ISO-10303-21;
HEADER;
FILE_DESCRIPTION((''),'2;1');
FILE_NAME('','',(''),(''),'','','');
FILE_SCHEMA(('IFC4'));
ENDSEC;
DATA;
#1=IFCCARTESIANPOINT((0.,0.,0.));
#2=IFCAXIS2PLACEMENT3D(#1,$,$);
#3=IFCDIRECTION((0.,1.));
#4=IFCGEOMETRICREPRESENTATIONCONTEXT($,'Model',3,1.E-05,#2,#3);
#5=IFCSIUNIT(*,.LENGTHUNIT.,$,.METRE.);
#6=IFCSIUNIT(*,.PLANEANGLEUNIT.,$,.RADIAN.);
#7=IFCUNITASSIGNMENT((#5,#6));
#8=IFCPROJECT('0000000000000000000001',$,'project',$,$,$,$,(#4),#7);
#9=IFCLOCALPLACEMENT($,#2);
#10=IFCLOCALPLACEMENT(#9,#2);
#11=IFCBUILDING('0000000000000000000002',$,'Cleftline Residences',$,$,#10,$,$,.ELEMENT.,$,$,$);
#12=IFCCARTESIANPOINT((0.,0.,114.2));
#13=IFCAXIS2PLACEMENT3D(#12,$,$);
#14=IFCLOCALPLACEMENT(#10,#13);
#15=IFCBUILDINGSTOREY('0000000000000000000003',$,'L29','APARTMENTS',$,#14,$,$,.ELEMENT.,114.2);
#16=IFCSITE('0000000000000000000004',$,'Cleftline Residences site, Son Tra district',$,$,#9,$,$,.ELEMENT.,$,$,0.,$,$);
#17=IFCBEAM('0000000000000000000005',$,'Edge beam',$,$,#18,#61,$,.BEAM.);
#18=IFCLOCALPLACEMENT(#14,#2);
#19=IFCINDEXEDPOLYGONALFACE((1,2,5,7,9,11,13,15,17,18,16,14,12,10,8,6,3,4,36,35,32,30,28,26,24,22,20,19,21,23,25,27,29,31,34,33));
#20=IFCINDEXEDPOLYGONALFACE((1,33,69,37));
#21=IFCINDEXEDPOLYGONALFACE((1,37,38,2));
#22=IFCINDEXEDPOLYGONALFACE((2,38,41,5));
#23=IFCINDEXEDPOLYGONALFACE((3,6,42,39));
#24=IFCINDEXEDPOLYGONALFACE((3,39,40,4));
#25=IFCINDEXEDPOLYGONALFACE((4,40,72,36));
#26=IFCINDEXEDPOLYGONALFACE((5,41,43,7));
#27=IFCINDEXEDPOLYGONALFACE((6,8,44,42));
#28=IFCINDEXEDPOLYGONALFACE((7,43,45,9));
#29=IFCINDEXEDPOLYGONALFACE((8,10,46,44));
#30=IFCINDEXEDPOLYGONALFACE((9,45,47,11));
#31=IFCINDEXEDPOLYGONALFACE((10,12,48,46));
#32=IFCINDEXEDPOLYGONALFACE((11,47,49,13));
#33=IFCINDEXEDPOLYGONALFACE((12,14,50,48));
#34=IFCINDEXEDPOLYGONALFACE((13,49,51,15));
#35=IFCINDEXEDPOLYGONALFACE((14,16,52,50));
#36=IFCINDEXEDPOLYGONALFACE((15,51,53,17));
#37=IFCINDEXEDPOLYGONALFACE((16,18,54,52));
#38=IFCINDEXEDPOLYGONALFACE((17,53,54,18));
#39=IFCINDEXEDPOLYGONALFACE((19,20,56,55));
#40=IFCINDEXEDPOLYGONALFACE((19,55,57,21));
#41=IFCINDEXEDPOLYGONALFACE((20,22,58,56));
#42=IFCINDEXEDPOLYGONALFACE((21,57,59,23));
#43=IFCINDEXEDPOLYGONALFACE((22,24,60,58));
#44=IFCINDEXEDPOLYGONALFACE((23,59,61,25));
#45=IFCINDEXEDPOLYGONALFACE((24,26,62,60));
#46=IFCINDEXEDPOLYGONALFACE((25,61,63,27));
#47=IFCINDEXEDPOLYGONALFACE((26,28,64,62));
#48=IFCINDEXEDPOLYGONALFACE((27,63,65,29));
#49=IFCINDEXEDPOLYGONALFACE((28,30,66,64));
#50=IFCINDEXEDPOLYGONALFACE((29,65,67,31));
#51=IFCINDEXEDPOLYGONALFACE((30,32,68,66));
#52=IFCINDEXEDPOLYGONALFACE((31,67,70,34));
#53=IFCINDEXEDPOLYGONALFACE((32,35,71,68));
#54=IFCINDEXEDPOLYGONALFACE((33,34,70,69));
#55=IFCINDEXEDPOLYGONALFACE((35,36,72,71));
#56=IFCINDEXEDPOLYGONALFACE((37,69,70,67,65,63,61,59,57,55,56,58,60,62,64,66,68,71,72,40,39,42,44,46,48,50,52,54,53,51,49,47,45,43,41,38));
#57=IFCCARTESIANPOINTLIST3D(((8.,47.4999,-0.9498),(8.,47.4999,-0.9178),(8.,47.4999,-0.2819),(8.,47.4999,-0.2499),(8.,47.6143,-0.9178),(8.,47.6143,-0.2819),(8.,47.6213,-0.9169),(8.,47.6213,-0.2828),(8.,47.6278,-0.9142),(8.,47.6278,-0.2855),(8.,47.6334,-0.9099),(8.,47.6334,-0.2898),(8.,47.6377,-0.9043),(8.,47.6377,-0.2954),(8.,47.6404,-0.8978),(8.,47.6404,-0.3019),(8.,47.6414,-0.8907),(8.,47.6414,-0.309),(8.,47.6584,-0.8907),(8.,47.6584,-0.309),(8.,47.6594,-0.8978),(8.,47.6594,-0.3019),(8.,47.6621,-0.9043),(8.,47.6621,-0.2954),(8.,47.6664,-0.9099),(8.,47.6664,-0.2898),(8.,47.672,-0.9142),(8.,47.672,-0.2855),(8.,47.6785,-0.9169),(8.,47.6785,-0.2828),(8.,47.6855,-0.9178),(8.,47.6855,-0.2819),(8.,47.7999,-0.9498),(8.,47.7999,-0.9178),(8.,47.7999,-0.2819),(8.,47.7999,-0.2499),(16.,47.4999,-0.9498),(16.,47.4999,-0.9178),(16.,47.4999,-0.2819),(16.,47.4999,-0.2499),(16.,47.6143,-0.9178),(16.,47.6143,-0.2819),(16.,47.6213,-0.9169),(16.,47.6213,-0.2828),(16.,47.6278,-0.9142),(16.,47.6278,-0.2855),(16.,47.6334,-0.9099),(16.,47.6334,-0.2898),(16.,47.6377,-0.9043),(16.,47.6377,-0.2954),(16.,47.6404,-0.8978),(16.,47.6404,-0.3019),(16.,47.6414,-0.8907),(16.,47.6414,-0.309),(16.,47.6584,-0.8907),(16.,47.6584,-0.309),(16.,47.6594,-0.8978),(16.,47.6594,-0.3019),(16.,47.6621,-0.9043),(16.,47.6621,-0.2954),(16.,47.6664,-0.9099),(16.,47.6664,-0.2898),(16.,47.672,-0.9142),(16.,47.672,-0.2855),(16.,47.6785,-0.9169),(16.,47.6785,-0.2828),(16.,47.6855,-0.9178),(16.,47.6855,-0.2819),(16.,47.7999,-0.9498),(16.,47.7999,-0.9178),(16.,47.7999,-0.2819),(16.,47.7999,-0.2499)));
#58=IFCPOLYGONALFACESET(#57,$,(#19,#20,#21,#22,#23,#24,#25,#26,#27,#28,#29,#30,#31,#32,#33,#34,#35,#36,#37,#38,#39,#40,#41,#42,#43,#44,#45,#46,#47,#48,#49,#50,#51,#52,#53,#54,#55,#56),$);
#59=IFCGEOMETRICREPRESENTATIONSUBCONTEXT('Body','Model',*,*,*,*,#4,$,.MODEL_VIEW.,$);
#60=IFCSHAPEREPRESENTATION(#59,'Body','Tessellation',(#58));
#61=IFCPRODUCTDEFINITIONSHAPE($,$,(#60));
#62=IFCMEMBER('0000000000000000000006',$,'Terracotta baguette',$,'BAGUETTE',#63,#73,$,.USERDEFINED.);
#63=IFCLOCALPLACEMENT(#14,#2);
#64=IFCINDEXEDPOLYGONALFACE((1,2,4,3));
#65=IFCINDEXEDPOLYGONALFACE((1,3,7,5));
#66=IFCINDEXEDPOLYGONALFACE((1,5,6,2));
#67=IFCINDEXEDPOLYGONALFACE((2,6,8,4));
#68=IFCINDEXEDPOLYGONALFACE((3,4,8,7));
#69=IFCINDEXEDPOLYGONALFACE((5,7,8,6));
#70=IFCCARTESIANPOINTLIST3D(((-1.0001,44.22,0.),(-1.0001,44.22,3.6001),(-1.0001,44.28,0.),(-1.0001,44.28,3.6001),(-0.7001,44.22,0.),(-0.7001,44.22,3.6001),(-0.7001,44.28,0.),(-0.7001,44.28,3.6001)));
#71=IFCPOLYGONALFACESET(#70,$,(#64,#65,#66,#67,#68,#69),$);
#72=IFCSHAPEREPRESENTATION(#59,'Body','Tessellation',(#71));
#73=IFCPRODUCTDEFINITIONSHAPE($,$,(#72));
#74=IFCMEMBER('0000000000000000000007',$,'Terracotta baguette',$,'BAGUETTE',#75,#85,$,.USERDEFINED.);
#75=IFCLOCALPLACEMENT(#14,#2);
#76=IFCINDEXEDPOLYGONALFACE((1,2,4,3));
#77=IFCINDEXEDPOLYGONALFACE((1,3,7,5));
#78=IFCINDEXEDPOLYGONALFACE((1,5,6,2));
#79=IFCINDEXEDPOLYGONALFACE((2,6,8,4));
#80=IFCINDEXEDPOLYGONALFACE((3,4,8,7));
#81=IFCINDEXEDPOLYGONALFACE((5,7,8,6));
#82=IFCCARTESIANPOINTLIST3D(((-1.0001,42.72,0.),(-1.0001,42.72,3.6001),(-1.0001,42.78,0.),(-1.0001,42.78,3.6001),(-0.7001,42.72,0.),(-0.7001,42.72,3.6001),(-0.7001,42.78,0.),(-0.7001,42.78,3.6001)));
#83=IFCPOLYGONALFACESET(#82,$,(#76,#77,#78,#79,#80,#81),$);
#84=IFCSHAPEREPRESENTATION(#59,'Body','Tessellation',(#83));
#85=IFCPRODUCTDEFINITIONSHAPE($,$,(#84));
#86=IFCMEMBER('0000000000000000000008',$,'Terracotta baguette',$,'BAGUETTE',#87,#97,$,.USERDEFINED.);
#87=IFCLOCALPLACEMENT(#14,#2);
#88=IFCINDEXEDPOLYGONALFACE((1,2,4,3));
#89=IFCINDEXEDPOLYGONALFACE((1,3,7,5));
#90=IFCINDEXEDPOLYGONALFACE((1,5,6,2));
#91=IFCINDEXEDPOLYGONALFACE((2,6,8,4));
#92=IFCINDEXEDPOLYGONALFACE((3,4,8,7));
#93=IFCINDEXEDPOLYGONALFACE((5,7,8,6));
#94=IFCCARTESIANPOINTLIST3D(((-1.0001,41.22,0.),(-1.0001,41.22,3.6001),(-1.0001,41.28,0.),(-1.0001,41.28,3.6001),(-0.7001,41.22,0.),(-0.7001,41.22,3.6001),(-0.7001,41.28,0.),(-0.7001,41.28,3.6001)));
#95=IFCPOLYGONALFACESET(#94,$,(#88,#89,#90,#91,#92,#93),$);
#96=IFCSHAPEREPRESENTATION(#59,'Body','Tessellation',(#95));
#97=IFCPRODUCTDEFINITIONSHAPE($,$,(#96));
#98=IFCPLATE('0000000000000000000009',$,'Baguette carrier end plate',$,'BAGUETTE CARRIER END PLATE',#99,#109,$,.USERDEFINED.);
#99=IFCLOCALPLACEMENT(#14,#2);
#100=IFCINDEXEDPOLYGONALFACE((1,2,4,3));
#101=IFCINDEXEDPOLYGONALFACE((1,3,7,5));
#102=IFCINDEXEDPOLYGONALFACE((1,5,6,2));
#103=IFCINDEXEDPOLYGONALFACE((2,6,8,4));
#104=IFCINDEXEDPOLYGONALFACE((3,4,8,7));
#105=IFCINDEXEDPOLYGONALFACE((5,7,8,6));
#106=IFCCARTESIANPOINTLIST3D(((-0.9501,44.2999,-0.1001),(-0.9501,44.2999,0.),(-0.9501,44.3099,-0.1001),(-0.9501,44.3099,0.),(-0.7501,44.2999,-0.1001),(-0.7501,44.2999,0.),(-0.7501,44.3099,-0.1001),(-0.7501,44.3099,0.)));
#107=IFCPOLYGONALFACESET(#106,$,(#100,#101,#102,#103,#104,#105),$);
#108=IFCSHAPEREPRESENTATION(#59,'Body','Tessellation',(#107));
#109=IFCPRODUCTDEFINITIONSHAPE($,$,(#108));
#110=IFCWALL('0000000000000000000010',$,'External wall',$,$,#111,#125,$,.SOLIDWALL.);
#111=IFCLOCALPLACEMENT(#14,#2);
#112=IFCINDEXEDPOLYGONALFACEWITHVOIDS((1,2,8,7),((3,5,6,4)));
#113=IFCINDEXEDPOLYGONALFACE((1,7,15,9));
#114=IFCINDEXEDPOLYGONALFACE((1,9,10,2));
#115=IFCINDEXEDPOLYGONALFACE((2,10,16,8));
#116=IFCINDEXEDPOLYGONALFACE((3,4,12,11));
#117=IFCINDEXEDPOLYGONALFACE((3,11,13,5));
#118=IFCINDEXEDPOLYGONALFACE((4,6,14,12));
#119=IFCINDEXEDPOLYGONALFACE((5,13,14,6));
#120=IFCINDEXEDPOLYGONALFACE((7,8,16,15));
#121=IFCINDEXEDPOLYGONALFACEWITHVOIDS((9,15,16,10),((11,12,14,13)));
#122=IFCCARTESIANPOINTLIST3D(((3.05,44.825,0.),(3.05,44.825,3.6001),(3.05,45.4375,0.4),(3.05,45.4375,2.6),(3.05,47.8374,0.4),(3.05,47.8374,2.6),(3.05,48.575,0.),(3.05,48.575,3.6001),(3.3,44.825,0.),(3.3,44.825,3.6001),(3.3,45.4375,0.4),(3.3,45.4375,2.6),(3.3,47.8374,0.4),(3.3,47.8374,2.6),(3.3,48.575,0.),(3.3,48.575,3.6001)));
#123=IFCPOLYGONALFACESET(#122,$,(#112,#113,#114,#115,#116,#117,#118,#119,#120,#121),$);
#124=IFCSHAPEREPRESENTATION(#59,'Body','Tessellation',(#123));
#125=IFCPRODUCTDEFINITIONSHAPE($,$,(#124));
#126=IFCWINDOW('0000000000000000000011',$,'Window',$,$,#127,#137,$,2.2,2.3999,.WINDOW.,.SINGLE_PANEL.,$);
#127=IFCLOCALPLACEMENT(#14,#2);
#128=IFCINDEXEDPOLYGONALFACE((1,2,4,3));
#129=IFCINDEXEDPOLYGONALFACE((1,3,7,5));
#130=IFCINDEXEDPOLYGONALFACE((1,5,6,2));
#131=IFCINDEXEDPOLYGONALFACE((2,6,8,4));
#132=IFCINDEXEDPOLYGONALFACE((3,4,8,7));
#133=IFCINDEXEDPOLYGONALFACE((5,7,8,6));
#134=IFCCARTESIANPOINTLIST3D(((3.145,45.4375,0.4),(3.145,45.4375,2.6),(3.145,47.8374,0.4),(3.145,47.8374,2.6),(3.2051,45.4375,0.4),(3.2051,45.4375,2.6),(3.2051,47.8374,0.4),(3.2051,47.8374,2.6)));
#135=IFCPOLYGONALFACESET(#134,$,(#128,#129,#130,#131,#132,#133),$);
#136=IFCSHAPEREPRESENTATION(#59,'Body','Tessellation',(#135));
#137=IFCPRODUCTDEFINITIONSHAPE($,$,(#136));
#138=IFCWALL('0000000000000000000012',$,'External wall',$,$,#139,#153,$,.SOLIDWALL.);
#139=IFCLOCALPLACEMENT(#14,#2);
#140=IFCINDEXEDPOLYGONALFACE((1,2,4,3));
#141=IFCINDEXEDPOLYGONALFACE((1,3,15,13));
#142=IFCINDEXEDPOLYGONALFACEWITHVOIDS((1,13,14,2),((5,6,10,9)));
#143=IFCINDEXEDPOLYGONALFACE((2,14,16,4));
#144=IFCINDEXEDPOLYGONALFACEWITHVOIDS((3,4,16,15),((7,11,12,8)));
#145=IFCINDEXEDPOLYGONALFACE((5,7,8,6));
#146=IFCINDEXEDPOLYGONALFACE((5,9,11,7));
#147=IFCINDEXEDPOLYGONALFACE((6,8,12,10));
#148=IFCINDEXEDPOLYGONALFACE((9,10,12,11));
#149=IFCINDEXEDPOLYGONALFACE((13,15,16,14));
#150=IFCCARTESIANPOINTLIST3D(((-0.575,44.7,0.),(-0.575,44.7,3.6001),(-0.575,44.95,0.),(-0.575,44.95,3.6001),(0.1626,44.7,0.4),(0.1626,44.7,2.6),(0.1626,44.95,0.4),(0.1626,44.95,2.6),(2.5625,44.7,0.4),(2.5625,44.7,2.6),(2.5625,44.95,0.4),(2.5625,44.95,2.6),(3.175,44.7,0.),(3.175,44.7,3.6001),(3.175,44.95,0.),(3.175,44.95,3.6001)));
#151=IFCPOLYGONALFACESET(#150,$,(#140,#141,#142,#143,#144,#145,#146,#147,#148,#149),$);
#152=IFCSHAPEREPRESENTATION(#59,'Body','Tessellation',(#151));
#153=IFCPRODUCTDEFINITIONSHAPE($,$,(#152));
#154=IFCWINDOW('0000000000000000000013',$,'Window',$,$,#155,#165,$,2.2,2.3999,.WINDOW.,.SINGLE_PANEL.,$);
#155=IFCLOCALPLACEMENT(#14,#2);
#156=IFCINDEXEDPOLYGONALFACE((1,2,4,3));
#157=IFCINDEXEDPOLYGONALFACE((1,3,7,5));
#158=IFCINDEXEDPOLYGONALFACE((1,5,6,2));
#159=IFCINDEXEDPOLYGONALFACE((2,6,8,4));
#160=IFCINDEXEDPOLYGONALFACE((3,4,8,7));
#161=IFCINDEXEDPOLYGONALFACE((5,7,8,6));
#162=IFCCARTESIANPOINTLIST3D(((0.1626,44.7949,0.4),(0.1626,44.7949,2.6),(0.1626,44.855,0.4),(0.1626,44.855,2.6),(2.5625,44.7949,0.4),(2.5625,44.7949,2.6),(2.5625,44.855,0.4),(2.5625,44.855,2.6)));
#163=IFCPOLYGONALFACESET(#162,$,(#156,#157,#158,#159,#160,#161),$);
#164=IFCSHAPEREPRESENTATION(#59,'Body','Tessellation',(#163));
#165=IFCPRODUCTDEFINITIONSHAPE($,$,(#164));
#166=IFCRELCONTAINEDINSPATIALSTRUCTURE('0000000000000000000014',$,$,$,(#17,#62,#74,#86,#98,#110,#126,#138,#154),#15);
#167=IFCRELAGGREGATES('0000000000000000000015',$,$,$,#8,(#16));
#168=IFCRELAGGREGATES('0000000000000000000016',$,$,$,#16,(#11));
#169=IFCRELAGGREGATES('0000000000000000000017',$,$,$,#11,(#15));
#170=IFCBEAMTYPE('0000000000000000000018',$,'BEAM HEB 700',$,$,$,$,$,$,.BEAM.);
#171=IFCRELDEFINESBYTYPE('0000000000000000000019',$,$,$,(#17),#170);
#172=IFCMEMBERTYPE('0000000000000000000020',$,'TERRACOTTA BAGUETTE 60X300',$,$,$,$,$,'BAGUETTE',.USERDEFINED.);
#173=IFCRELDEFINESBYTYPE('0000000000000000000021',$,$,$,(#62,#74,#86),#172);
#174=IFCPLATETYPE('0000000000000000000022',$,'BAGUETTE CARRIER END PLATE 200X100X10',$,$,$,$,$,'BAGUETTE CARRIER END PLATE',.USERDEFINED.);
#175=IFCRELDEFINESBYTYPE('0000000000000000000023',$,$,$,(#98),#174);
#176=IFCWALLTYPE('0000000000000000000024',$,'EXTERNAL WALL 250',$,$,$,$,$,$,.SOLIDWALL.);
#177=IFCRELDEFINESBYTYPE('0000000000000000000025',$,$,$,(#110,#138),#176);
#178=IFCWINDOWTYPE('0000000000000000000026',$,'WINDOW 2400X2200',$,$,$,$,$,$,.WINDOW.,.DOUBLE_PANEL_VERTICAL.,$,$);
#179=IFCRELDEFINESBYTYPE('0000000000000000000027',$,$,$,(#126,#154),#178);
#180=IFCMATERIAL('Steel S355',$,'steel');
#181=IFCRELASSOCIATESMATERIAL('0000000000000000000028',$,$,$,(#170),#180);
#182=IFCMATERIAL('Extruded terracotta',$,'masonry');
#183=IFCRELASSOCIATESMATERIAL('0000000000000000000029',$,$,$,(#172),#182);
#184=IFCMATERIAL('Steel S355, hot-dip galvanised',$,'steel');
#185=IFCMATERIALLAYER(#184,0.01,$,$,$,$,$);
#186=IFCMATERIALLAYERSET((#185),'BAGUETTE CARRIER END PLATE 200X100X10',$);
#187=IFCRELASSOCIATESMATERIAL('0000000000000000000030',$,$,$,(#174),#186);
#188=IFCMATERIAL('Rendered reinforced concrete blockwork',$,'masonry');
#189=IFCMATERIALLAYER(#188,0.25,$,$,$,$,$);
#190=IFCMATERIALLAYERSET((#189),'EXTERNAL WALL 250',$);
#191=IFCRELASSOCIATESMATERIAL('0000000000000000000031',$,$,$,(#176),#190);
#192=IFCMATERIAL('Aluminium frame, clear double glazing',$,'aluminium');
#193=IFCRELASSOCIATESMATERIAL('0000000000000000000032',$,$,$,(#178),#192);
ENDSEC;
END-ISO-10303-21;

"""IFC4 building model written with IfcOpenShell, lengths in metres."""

from ifc_helpers import new_model, si_unit, direction, frame, frame_2d, origin, origin_2d, place, context, subcontext, project, spatial, rectangle, i_section, extrude, material, layer, layer_set, material_profile, profile_set, type_object, element, fill, save


model = new_model("IFC4")

# Units and contexts
model_context = context("Model", 3, precision=1e-05, world=origin(), true_north=direction((0.0, 1.0)))
body_context = subcontext(model_context, "Body", "Model", "MODEL_VIEW")
ifc_project = project(units=[si_unit("LENGTHUNIT", "METRE"), si_unit("PLANEANGLEUNIT", "RADIAN")], contexts=[model_context])

# Site, building, storey
site_placement = place(None, origin())
site = spatial("IfcSite", under=ifc_project, at=site_placement, Name="Cleftline Residences site, Son Tra district", CompositionType="ELEMENT", RefElevation=0.0)
building_placement = place(site_placement, origin())
building = spatial("IfcBuilding", under=site, at=building_placement, Name="Cleftline Residences", CompositionType="ELEMENT")
storey_placement = place(building_placement, frame((0.0, 0.0, 114.2)))
storey = spatial("IfcBuildingStorey", under=building, at=storey_placement, Name="L29", Description="APARTMENTS", CompositionType="ELEMENT", Elevation=114.2)

# Beam
ifc_material_1 = material(Name="Steel S355", Category="steel")
ifc_material_profile_1 = material_profile(ifc_material_1, i_section(OverallWidth=0.3, OverallDepth=0.7, WebThickness=0.0171, FlangeThickness=0.032, FilletRadius=0.0271, at=origin_2d()))
ifc_profile_set_1 = profile_set([ifc_material_profile_1], Name="Steel S355")
beam_type = type_object("IfcBeamType", Name="BEAM HEB 700", PredefinedType="BEAM", material=ifc_profile_set_1)
beam_placement = place(storey_placement, frame((8.0, 47.6499, -0.5999), z_axis=(1.0, 0.0, 0.0), x_axis=(0.0, 1.0, 0.0)))
element("IfcBeam", 1, at=beam_placement, inside=storey, type_object=beam_type, Name="Edge beam", PredefinedType="BEAM", context=body_context, shape_type="SweptSolid", body=[
    extrude(i_section(OverallWidth=0.3, OverallDepth=0.7, WebThickness=0.0171, FlangeThickness=0.032, FilletRadius=0.0271, at=origin_2d()), origin(), (0.0, 0.0, 1.0), 8.0),
])

# Members
ifc_material_2 = material(Name="Extruded terracotta", Category="masonry")
ifc_material_profile_2 = material_profile(ifc_material_2, rectangle(XDim=0.0601, YDim=0.3, at=origin_2d()))
ifc_profile_set_2 = profile_set([ifc_material_profile_2], Name="Extruded terracotta")
member_type_1 = type_object("IfcMemberType", Name="TERRACOTTA BAGUETTE 60X300", ElementType="BAGUETTE", PredefinedType="USERDEFINED", material=ifc_profile_set_2)
for number, where, z_axis, x_axis, name in (
    (2, (-0.8501, 44.25, 0.0), (0.0, 0.0, 1.0), (0.0, 1.0, 0.0), "Terracotta baguette"),
    (3, (-0.8501, 42.75, 0.0), (0.0, 0.0, 1.0), (0.0, 1.0, 0.0), "Terracotta baguette"),
    (4, (-0.8501, 41.25, 0.0), (0.0, 0.0, 1.0), (0.0, 1.0, 0.0), "Terracotta baguette"),
):
    element("IfcMember", number, at=place(storey_placement, frame(where, z_axis=z_axis, x_axis=x_axis)), inside=storey, type_object=member_type_1, Name=name, ObjectType="BAGUETTE", PredefinedType="USERDEFINED", context=body_context, shape_type="SweptSolid", body=[
        extrude(rectangle(XDim=0.0601, YDim=0.3, at=origin_2d()), origin(), (0.0, 0.0, 1.0), 3.6001),
    ])

# Plate
ifc_material_3 = material(Name="Steel S355, hot-dip galvanised", Category="steel")
ifc_layer_1 = layer(ifc_material_3, 0.01)
ifc_layer_set_1 = layer_set([ifc_layer_1], Name="BAGUETTE CARRIER END PLATE 200X100X10")
plate_type = type_object("IfcPlateType", Name="BAGUETTE CARRIER END PLATE 200X100X10", ElementType="BAGUETTE CARRIER END PLATE", PredefinedType="USERDEFINED", material=ifc_layer_set_1)
plate_placement = place(storey_placement, frame((-0.8501, 44.3049, -0.1001), z_axis=(0.0, 0.0, 1.0), x_axis=(-1.0, 0.0, 0.0)))
element("IfcPlate", 5, at=plate_placement, inside=storey, type_object=plate_type, Name="Baguette carrier end plate", ObjectType="BAGUETTE CARRIER END PLATE", PredefinedType="USERDEFINED", context=body_context, shape_type="SweptSolid", body=[
    extrude(rectangle(XDim=0.2, YDim=0.01, at=origin_2d()), origin(), (0.0, 0.0, 1.0), 0.1001),
])

# Walls, openings, windows
ifc_material_4 = material(Name="Rendered reinforced concrete blockwork", Category="masonry")
ifc_layer_2 = layer(ifc_material_4, 0.25)
ifc_layer_set_2 = layer_set([ifc_layer_2], Name="EXTERNAL WALL 250")
wall_type_1 = type_object("IfcWallType", Name="EXTERNAL WALL 250", PredefinedType="SOLIDWALL", material=ifc_layer_set_2)
wall_1_placement = place(storey_placement, frame((3.175, 48.575, 0.0), z_axis=(0.0, 0.0, 1.0), x_axis=(0.0, -1.0, 0.0)))
wall_1 = element("IfcWall", 6, at=wall_1_placement, inside=storey, type_object=wall_type_1, Name="External wall", PredefinedType="SOLIDWALL", context=body_context, shape_type="SweptSolid", body=[
    extrude(rectangle(XDim=3.75, YDim=0.25, at=frame_2d((1.875, 0.0))), origin(), (0.0, 0.0, 1.0), 3.6001),
])
opening_1_placement = place(wall_1_placement, frame((0.7375, 0.0, 0.3999)))
opening_1 = element("IfcOpeningElement", 7, at=opening_1_placement, cuts=wall_1, PredefinedType="OPENING", context=body_context, shape_type="SweptSolid", body=[
    extrude(rectangle(XDim=2.3999, YDim=2.2, at=frame_2d((1.2, 1.1001))), frame((0.0, 0.135, 0.0), z_axis=(0.0, -1.0, 0.0), x_axis=(1.0, 0.0, 0.0)), (0.0, 0.0, 1.0), 0.27),
])
ifc_material_5 = material(Name="Aluminium frame, clear double glazing", Category="aluminium")
window_type_1 = type_object("IfcWindowType", Name="WINDOW 2400X2200", PartitioningType="DOUBLE_PANEL_VERTICAL", PredefinedType="WINDOW", material=ifc_material_5)
window_1_placement = place(opening_1_placement, origin())
window_1 = element("IfcWindow", 8, at=window_1_placement, inside=storey, type_object=window_type_1, Name="Window", OverallHeight=2.2, OverallWidth=2.3999, PartitioningType="SINGLE_PANEL", PredefinedType="WINDOW", context=body_context, shape_type="SweptSolid", body=[
    extrude(rectangle(XDim=2.3999, YDim=2.2, at=frame_2d((1.2, 1.1001))), frame((0.0, 0.03, 0.0), z_axis=(0.0, -1.0, 0.0), x_axis=(1.0, 0.0, 0.0)), (0.0, 0.0, 1.0), 0.0601),
])
fill(opening_1, window_1)
wall_2_placement = place(storey_placement, frame((3.175, 44.825, 0.0), z_axis=(0.0, 0.0, 1.0), x_axis=(-1.0, 0.0, 0.0)))
wall_2 = element("IfcWall", 9, at=wall_2_placement, inside=storey, type_object=wall_type_1, Name="External wall", PredefinedType="SOLIDWALL", context=body_context, shape_type="SweptSolid", body=[
    extrude(rectangle(XDim=3.75, YDim=0.25, at=frame_2d((1.875, 0.0))), origin(), (0.0, 0.0, 1.0), 3.6001),
])
opening_2_placement = place(wall_2_placement, frame((0.6125, 0.0, 0.3999)))
opening_2 = element("IfcOpeningElement", 10, at=opening_2_placement, cuts=wall_2, PredefinedType="OPENING", context=body_context, shape_type="SweptSolid", body=[
    extrude(rectangle(XDim=2.3999, YDim=2.2, at=frame_2d((1.2, 1.1001))), frame((0.0, 0.135, 0.0), z_axis=(0.0, -1.0, 0.0), x_axis=(1.0, 0.0, 0.0)), (0.0, 0.0, 1.0), 0.27),
])
window_2_placement = place(opening_2_placement, origin())
window_2 = element("IfcWindow", 11, at=window_2_placement, inside=storey, type_object=window_type_1, Name="Window", OverallHeight=2.2, OverallWidth=2.3999, PartitioningType="SINGLE_PANEL", PredefinedType="WINDOW", context=body_context, shape_type="SweptSolid", body=[
    extrude(rectangle(XDim=2.3999, YDim=2.2, at=frame_2d((1.2, 1.1001))), frame((0.0, 0.03, 0.0), z_axis=(0.0, -1.0, 0.0), x_axis=(1.0, 0.0, 0.0)), (0.0, 0.0, 1.0), 0.0601),
])
fill(opening_2, window_2)

save(model, "model.ifc")
